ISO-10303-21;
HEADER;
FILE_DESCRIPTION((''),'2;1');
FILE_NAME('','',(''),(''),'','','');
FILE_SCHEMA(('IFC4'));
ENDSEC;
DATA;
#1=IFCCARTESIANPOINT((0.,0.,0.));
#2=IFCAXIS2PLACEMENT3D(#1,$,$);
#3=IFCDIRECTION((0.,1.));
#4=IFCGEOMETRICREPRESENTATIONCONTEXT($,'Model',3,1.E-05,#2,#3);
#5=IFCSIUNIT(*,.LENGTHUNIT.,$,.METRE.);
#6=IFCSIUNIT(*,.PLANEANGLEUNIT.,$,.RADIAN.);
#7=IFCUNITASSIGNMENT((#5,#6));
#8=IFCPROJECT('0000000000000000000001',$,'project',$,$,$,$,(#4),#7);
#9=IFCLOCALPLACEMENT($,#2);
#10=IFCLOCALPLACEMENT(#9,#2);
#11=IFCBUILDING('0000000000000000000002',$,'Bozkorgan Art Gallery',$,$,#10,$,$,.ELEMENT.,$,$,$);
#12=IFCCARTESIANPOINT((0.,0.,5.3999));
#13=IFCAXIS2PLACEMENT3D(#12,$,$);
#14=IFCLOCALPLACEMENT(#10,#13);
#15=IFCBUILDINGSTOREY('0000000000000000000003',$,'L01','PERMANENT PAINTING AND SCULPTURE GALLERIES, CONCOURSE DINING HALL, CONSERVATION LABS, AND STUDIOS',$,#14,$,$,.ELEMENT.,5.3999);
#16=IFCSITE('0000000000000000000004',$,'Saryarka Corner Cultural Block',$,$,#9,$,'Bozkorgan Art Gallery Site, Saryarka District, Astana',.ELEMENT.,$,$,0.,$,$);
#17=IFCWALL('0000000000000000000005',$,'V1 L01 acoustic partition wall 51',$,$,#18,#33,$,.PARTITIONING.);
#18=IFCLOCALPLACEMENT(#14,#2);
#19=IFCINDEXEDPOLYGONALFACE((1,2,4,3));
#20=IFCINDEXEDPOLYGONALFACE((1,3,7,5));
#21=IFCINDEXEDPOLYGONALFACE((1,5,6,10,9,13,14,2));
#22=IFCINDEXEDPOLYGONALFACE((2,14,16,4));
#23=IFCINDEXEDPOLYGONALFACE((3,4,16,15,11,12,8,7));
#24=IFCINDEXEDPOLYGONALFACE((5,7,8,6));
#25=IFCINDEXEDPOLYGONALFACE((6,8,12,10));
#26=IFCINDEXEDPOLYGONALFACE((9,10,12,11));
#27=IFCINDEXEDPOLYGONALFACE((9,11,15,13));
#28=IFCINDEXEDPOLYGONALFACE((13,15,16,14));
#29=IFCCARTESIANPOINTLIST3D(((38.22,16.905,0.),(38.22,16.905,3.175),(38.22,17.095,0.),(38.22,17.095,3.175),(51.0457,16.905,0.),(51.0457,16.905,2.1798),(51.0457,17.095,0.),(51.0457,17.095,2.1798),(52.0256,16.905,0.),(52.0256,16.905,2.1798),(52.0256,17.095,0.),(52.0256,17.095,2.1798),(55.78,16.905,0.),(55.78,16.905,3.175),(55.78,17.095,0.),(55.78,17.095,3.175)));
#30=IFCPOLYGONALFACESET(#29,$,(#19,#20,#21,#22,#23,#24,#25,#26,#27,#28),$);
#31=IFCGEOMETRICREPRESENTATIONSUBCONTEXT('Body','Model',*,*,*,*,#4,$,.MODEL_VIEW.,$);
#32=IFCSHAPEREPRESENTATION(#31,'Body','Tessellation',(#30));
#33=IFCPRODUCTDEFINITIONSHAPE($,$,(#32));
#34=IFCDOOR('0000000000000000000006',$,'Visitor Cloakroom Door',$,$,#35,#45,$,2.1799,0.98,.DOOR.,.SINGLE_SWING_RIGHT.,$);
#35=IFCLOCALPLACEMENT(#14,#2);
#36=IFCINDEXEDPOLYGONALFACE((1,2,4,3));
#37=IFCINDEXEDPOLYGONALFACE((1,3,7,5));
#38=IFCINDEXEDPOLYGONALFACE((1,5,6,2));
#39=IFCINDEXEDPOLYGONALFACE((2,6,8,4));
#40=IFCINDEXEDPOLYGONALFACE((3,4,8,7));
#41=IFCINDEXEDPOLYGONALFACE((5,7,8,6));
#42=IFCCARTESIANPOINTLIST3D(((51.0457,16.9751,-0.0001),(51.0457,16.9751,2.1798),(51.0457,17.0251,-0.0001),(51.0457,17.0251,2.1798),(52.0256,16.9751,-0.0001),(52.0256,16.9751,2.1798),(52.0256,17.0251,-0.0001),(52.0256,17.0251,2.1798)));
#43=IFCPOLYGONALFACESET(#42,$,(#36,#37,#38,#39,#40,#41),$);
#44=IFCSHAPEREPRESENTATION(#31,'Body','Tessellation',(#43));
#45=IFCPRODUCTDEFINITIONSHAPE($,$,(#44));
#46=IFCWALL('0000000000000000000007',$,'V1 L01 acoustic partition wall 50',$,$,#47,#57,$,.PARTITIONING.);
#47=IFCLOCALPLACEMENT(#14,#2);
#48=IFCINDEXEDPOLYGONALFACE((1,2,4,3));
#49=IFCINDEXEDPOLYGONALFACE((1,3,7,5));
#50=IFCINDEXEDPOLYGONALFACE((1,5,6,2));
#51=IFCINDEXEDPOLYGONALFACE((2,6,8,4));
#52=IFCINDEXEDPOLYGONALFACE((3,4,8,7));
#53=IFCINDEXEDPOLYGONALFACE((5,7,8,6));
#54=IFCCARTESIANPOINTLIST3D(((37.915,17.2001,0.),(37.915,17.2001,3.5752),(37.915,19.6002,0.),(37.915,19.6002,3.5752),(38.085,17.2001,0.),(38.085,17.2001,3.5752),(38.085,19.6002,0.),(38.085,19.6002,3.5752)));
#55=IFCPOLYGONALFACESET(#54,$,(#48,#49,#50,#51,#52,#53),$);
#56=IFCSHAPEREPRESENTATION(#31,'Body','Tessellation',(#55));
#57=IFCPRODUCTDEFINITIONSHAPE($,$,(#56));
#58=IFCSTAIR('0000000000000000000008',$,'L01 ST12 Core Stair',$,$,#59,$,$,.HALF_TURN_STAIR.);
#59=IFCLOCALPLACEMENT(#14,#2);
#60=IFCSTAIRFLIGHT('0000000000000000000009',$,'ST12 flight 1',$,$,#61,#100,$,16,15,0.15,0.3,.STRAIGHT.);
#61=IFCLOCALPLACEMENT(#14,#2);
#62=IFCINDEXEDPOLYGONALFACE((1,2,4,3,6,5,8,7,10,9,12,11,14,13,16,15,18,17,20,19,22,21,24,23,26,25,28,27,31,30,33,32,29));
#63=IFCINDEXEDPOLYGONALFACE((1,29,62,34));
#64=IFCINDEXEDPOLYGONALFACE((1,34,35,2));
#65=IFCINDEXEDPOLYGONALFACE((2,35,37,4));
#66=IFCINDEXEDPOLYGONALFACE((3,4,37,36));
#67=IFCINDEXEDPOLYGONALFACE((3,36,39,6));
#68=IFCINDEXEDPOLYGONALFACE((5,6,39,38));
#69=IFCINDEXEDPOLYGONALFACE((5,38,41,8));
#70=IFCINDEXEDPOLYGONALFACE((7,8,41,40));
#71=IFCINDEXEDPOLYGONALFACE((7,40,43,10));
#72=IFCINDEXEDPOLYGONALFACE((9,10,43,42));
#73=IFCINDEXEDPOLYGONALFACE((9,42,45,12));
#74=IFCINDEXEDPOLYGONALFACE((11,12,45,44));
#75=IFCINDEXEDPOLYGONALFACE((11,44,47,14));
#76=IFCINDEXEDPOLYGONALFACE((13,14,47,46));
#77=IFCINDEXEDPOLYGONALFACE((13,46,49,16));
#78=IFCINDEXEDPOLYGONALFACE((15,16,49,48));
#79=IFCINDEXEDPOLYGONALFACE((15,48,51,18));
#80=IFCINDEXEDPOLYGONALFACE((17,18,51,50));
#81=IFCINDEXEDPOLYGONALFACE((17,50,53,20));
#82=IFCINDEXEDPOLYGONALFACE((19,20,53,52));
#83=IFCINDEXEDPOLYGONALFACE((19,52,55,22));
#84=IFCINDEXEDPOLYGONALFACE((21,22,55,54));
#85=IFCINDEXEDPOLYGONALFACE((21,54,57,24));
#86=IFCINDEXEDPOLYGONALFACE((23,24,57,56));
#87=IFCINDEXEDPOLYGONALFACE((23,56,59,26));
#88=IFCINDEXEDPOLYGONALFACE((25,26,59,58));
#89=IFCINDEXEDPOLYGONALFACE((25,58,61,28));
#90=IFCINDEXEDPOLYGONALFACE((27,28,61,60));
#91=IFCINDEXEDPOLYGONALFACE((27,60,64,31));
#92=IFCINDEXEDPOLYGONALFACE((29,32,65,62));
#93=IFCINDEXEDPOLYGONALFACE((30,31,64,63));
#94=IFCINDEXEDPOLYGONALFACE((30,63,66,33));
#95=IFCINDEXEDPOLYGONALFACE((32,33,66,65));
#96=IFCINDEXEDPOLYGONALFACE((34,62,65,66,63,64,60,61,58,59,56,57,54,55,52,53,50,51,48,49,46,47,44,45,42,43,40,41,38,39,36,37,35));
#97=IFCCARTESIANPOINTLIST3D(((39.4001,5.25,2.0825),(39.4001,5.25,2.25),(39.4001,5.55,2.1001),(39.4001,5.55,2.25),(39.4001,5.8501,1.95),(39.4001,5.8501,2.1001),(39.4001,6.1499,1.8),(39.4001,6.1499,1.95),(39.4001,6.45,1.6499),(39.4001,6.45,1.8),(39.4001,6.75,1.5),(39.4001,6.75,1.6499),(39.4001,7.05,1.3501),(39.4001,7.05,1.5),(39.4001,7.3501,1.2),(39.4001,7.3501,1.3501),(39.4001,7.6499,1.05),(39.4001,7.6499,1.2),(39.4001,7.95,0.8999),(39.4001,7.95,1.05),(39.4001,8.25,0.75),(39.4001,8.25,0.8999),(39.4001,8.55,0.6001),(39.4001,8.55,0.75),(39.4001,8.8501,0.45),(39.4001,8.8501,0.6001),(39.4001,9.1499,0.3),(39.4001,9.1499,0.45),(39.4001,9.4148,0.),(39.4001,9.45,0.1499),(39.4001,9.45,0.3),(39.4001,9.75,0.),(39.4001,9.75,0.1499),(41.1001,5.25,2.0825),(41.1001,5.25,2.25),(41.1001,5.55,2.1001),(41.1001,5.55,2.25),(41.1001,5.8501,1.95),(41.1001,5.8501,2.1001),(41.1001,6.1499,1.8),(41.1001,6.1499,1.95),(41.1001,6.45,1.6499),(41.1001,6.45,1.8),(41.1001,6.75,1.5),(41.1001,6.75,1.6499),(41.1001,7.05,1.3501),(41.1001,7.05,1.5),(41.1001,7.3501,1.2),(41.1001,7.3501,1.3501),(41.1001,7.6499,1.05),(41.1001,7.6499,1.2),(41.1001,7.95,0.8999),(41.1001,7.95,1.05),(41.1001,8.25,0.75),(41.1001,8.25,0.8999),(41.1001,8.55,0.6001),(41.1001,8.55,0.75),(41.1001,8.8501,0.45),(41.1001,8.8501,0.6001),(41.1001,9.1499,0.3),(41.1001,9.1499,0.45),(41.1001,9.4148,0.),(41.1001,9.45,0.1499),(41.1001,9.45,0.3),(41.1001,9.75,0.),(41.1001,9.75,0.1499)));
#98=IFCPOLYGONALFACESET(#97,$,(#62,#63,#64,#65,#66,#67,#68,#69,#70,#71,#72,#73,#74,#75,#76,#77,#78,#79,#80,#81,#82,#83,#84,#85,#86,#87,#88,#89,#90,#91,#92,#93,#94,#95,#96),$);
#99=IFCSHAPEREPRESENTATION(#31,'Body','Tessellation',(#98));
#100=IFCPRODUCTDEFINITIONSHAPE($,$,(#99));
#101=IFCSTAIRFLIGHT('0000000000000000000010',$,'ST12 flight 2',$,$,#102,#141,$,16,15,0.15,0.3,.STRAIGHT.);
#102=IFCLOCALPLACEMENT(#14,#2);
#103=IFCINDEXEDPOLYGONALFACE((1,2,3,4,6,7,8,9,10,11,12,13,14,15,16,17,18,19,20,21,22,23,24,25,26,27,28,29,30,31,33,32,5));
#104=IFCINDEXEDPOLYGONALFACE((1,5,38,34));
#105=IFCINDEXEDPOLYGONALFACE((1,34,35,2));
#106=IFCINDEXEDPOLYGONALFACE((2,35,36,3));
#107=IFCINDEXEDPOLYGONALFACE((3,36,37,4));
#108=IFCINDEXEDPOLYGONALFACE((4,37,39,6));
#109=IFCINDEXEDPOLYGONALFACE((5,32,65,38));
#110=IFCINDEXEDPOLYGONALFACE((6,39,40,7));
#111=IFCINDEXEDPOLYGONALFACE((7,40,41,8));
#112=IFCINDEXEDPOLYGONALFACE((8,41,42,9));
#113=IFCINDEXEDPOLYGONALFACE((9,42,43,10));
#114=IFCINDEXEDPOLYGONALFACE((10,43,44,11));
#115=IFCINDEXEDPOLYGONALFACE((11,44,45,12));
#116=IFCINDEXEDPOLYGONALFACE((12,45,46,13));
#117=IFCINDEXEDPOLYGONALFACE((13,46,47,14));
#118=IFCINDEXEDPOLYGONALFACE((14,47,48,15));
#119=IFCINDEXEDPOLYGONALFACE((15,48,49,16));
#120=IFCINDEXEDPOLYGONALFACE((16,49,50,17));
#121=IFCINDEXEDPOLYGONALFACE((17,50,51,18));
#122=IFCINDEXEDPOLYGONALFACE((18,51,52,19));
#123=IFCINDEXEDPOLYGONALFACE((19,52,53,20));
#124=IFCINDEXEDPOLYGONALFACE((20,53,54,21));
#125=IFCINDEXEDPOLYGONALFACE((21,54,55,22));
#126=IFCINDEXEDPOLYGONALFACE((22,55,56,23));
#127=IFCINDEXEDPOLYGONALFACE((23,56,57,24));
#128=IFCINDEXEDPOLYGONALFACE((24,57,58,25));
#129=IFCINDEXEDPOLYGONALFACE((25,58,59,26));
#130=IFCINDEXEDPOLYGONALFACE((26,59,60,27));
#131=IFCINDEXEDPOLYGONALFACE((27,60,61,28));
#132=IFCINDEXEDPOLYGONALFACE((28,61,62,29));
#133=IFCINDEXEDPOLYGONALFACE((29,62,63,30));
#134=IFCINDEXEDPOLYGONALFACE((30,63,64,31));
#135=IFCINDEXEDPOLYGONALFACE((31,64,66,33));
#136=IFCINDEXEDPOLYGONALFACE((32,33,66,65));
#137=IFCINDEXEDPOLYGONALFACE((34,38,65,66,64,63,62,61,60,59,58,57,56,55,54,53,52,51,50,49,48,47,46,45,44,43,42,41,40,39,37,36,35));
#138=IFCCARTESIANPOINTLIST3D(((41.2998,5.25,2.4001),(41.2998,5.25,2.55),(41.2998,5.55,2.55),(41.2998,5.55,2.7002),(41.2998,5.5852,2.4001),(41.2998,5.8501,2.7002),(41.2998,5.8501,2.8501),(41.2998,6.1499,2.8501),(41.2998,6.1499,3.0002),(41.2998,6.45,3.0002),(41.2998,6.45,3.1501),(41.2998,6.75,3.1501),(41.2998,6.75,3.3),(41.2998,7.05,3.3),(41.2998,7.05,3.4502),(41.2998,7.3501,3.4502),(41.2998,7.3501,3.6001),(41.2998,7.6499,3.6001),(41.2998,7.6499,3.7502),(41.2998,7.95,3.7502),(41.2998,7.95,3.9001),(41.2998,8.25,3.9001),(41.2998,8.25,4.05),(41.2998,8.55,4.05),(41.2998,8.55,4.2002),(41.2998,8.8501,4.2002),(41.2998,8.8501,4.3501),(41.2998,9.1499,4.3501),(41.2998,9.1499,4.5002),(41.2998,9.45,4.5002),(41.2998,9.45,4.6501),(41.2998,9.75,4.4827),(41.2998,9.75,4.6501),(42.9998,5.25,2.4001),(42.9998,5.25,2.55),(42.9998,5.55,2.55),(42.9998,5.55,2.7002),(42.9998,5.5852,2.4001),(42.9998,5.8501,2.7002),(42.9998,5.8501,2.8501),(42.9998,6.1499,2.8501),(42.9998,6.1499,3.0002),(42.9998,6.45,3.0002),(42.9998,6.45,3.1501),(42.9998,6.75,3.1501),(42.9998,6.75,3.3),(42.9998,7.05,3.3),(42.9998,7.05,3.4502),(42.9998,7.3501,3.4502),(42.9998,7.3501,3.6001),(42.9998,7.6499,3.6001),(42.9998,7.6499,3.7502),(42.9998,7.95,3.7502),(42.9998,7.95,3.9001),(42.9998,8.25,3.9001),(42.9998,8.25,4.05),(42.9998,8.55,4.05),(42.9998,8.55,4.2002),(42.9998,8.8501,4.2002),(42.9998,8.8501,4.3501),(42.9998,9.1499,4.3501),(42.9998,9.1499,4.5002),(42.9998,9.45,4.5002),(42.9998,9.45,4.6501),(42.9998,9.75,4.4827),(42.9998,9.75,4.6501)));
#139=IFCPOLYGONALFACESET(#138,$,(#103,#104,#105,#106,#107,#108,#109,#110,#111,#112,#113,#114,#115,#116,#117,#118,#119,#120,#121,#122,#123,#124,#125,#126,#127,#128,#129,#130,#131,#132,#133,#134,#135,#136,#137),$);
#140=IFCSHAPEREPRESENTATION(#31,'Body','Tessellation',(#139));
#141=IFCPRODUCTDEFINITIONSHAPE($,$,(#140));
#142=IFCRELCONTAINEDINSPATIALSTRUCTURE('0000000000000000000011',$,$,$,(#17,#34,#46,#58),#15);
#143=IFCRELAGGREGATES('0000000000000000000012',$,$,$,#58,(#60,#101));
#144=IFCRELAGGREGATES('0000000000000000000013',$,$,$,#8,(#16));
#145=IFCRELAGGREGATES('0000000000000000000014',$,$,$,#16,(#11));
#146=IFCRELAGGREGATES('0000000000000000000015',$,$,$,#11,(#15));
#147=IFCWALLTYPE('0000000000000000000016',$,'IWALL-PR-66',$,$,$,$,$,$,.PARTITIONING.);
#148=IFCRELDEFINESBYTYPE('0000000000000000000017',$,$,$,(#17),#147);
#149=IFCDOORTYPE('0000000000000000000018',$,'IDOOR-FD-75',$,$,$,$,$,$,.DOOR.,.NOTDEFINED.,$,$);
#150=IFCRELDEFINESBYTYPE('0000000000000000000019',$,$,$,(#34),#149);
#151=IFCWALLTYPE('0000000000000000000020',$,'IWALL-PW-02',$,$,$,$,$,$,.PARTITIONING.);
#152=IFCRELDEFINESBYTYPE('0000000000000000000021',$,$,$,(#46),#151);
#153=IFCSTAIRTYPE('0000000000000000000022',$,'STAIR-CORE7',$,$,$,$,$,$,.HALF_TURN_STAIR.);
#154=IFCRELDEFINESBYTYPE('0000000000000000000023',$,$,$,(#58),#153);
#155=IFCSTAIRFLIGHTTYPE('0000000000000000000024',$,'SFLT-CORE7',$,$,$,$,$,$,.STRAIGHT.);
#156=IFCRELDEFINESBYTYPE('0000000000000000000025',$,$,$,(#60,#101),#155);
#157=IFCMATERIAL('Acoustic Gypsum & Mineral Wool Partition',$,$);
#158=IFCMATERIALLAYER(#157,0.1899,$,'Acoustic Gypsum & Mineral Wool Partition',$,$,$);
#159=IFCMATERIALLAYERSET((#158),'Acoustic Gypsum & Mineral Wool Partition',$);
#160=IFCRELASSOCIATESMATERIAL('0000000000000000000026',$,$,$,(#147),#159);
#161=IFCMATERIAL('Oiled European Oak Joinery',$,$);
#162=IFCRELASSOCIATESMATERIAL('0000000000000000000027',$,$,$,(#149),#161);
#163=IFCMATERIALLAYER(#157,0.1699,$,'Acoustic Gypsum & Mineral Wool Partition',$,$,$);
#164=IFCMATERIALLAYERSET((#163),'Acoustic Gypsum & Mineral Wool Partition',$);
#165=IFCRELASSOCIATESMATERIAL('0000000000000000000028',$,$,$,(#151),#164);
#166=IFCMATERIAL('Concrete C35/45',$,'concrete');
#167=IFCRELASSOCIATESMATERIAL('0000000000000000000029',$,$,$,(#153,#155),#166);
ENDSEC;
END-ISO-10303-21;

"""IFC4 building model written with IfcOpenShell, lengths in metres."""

from ifc_helpers import new_model, si_unit, direction, frame, frame_2d, origin, place, context, subcontext, project, spatial, polyline, rectangle, outline, extrude, material, layer, layer_set, type_object, element, fill, aggregate, save


model = new_model("IFC4")

# Units and contexts
model_context = context("Model", 3, precision=1e-05, world=origin(), true_north=direction((0.0, 1.0)))
body_context = subcontext(model_context, "Body", "Model", "MODEL_VIEW")
ifc_project = project(units=[si_unit("LENGTHUNIT", "METRE"), si_unit("PLANEANGLEUNIT", "RADIAN")], contexts=[model_context])

# Site, building, storey
site_placement = place(None, origin())
site = spatial("IfcSite", under=ifc_project, at=site_placement, Name="Saryarka Corner Cultural Block", LongName="Bozkorgan Art Gallery Site, Saryarka District, Astana", CompositionType="ELEMENT", RefElevation=0.0)
building_placement = place(site_placement, origin())
building = spatial("IfcBuilding", under=site, at=building_placement, Name="Bozkorgan Art Gallery", CompositionType="ELEMENT")
storey_placement = place(building_placement, frame((0.0, 0.0, 5.3999)))
storey = spatial("IfcBuildingStorey", under=building, at=storey_placement, Name="L01", Description="PERMANENT PAINTING AND SCULPTURE GALLERIES, CONCOURSE DINING HALL, CONSERVATION LABS, AND STUDIOS", CompositionType="ELEMENT", Elevation=5.3999)

# Shared definitions
ifc_material_1 = material(Name="Concrete C35/45", Category="concrete")

# Wall, opening, door
ifc_material_2 = material(Name="Acoustic Gypsum & Mineral Wool Partition")
ifc_material_3 = material(Name="Oiled European Oak Joinery")
ifc_layer_1 = layer(ifc_material_2, 0.1899, Name="Acoustic Gypsum & Mineral Wool Partition")
ifc_layer_set_1 = layer_set([ifc_layer_1], Name="Acoustic Gypsum & Mineral Wool Partition")
wall_type_1 = type_object("IfcWallType", Name="IWALL-PR-66", PredefinedType="PARTITIONING", material=ifc_layer_set_1)
wall_1_placement = place(storey_placement, frame((38.22, 17.0, 0.0), z_axis=(0.0, 0.0, 1.0), x_axis=(1.0, 0.0, 0.0)))
wall_1 = element("IfcWall", 1, at=wall_1_placement, inside=storey, type_object=wall_type_1, Name="V1 L01 acoustic partition wall 51", PredefinedType="PARTITIONING", context=body_context, shape_type="SweptSolid", body=[
    extrude(rectangle(XDim=17.5601, YDim=0.1899, at=frame_2d((8.78, 0.0))), origin(), (0.0, 0.0, 1.0), 3.175),
])
opening_1_placement = place(wall_1_placement, frame((13.8057, 0.0, 0.0), z_axis=(0.0, 0.0, 1.0), x_axis=(-1.0, 0.0, 0.0)))
opening_1 = element("IfcOpeningElement", 2, at=opening_1_placement, cuts=wall_1, PredefinedType="OPENING", context=body_context, shape_type="SweptSolid", body=[
    extrude(rectangle(XDim=0.98, YDim=2.1799, at=frame_2d((0.49, 1.0898))), frame((0.0, 0.105, 0.0), z_axis=(0.0, -1.0, 0.0), x_axis=(1.0, 0.0, 0.0)), (0.0, 0.0, 1.0), 0.21),
])
door_type_1 = type_object("IfcDoorType", Name="IDOOR-FD-75", OperationType="NOTDEFINED", PredefinedType="DOOR", material=ifc_material_3)
door_1_placement = place(opening_1_placement, origin())
door_1 = element("IfcDoor", 3, at=door_1_placement, inside=storey, type_object=door_type_1, Name="Visitor Cloakroom Door", OperationType="SINGLE_SWING_RIGHT", OverallHeight=2.1799, OverallWidth=0.98, PredefinedType="DOOR", context=body_context, shape_type="SweptSolid", body=[
    extrude(rectangle(XDim=0.98, YDim=2.1799, at=frame_2d((0.49, 1.0898))), frame((0.0, 0.0249, 0.0), z_axis=(0.0, -1.0, 0.0), x_axis=(1.0, 0.0, 0.0)), (0.0, 0.0, 1.0), 0.05),
])
fill(opening_1, door_1)

# Wall
ifc_layer_2 = layer(ifc_material_2, 0.1699, Name="Acoustic Gypsum & Mineral Wool Partition")
ifc_layer_set_2 = layer_set([ifc_layer_2], Name="Acoustic Gypsum & Mineral Wool Partition")
wall_type_2 = type_object("IfcWallType", Name="IWALL-PW-02", PredefinedType="PARTITIONING", material=ifc_layer_set_2)
wall_2_placement = place(storey_placement, frame((38.0, 17.2, 0.0), z_axis=(0.0, 0.0, 1.0), x_axis=(0.0, 1.0, 0.0)))
element("IfcWall", 4, at=wall_2_placement, inside=storey, type_object=wall_type_2, Name="V1 L01 acoustic partition wall 50", PredefinedType="PARTITIONING", context=body_context, shape_type="SweptSolid", body=[
    extrude(rectangle(XDim=2.4001, YDim=0.1699, at=frame_2d((1.2002, 0.0))), origin(), (0.0, 0.0, 1.0), 3.5752),
])

# Stair, stair flights
stair_type = type_object("IfcStairType", Name="STAIR-CORE7", PredefinedType="HALF_TURN_STAIR", material=ifc_material_1)
stair_placement = place(storey_placement, origin())
stair = element("IfcStair", 5, at=stair_placement, inside=storey, type_object=stair_type, Name="L01 ST12 Core Stair", PredefinedType="HALF_TURN_STAIR")
stair_flight_type = type_object("IfcStairFlightType", Name="SFLT-CORE7", PredefinedType="STRAIGHT", material=ifc_material_1)
stair_flight_1_placement = place(storey_placement, frame((40.25, 9.75, 0.0), z_axis=(0.0, 0.0, 1.0), x_axis=(0.0, -1.0, 0.0)))
stair_flight_1 = element("IfcStairFlight", 6, at=stair_flight_1_placement, type_object=stair_flight_type, Name="ST12 flight 1", NumberOfRisers=16, NumberOfTreads=15, PredefinedType="STRAIGHT", RiserHeight=0.15, TreadLength=0.3, context=body_context, shape_type="SweptSolid", body=[
    extrude(outline(polyline([(0.0, 0.0), (0.0, 0.1499), (0.3, 0.1499), (0.3, 0.3), (0.6001, 0.3), (0.6001, 0.45), (0.8999, 0.45), (0.8999, 0.6001), (1.2, 0.6001), (1.2, 0.75), (1.5, 0.75), (1.5, 0.8999), (1.8, 0.8999), (1.8, 1.05), (2.1001, 1.05), (2.1001, 1.2), (2.3999, 1.2), (2.3999, 1.3501), (2.7, 1.3501), (2.7, 1.5), (3.0, 1.5), (3.0, 1.6499), (3.3, 1.6499), (3.3, 1.8), (3.6001, 1.8), (3.6001, 1.95), (3.8999, 1.95), (3.8999, 2.1001), (4.2, 2.1001), (4.2, 2.25), (4.5, 2.25), (4.5, 2.3999), (4.5, 2.0825), (0.3352, 0.0), (0.0, 0.0)])), frame((0.0, 0.8501, 0.0), z_axis=(0.0, -1.0, 0.0), x_axis=(1.0, 0.0, 0.0)), (0.0, 0.0, 1.0), 1.7),
])
stair_flight_2_placement = place(storey_placement, frame((42.1499, 5.25, 2.4001), z_axis=(0.0, 0.0, 1.0), x_axis=(0.0, 1.0, 0.0)))
stair_flight_2 = element("IfcStairFlight", 7, at=stair_flight_2_placement, type_object=stair_flight_type, Name="ST12 flight 2", NumberOfRisers=16, NumberOfTreads=15, PredefinedType="STRAIGHT", RiserHeight=0.15, TreadLength=0.3, context=body_context, shape_type="SweptSolid", body=[
    extrude(outline(polyline([(0.0, 0.0), (0.0, 0.1499), (0.3, 0.1499), (0.3, 0.3), (0.6001, 0.3), (0.6001, 0.45), (0.8999, 0.45), (0.8999, 0.6001), (1.2, 0.6001), (1.2, 0.75), (1.5, 0.75), (1.5, 0.8999), (1.8, 0.8999), (1.8, 1.05), (2.1001, 1.05), (2.1001, 1.2), (2.3999, 1.2), (2.3999, 1.3501), (2.7, 1.3501), (2.7, 1.5), (3.0, 1.5), (3.0, 1.6499), (3.3, 1.6499), (3.3, 1.8), (3.6001, 1.8), (3.6001, 1.95), (3.8999, 1.95), (3.8999, 2.1001), (4.2, 2.1001), (4.2, 2.25), (4.5, 2.25), (4.5, 2.3999), (4.5, 2.0825), (0.3352, 0.0), (0.0, 0.0)])), frame((0.0, 0.8501, 0.0), z_axis=(0.0, -1.0, 0.0), x_axis=(1.0, 0.0, 0.0)), (0.0, 0.0, 1.0), 1.7),
])
aggregate(stair, [stair_flight_1, stair_flight_2])

save(model, "model.ifc")
